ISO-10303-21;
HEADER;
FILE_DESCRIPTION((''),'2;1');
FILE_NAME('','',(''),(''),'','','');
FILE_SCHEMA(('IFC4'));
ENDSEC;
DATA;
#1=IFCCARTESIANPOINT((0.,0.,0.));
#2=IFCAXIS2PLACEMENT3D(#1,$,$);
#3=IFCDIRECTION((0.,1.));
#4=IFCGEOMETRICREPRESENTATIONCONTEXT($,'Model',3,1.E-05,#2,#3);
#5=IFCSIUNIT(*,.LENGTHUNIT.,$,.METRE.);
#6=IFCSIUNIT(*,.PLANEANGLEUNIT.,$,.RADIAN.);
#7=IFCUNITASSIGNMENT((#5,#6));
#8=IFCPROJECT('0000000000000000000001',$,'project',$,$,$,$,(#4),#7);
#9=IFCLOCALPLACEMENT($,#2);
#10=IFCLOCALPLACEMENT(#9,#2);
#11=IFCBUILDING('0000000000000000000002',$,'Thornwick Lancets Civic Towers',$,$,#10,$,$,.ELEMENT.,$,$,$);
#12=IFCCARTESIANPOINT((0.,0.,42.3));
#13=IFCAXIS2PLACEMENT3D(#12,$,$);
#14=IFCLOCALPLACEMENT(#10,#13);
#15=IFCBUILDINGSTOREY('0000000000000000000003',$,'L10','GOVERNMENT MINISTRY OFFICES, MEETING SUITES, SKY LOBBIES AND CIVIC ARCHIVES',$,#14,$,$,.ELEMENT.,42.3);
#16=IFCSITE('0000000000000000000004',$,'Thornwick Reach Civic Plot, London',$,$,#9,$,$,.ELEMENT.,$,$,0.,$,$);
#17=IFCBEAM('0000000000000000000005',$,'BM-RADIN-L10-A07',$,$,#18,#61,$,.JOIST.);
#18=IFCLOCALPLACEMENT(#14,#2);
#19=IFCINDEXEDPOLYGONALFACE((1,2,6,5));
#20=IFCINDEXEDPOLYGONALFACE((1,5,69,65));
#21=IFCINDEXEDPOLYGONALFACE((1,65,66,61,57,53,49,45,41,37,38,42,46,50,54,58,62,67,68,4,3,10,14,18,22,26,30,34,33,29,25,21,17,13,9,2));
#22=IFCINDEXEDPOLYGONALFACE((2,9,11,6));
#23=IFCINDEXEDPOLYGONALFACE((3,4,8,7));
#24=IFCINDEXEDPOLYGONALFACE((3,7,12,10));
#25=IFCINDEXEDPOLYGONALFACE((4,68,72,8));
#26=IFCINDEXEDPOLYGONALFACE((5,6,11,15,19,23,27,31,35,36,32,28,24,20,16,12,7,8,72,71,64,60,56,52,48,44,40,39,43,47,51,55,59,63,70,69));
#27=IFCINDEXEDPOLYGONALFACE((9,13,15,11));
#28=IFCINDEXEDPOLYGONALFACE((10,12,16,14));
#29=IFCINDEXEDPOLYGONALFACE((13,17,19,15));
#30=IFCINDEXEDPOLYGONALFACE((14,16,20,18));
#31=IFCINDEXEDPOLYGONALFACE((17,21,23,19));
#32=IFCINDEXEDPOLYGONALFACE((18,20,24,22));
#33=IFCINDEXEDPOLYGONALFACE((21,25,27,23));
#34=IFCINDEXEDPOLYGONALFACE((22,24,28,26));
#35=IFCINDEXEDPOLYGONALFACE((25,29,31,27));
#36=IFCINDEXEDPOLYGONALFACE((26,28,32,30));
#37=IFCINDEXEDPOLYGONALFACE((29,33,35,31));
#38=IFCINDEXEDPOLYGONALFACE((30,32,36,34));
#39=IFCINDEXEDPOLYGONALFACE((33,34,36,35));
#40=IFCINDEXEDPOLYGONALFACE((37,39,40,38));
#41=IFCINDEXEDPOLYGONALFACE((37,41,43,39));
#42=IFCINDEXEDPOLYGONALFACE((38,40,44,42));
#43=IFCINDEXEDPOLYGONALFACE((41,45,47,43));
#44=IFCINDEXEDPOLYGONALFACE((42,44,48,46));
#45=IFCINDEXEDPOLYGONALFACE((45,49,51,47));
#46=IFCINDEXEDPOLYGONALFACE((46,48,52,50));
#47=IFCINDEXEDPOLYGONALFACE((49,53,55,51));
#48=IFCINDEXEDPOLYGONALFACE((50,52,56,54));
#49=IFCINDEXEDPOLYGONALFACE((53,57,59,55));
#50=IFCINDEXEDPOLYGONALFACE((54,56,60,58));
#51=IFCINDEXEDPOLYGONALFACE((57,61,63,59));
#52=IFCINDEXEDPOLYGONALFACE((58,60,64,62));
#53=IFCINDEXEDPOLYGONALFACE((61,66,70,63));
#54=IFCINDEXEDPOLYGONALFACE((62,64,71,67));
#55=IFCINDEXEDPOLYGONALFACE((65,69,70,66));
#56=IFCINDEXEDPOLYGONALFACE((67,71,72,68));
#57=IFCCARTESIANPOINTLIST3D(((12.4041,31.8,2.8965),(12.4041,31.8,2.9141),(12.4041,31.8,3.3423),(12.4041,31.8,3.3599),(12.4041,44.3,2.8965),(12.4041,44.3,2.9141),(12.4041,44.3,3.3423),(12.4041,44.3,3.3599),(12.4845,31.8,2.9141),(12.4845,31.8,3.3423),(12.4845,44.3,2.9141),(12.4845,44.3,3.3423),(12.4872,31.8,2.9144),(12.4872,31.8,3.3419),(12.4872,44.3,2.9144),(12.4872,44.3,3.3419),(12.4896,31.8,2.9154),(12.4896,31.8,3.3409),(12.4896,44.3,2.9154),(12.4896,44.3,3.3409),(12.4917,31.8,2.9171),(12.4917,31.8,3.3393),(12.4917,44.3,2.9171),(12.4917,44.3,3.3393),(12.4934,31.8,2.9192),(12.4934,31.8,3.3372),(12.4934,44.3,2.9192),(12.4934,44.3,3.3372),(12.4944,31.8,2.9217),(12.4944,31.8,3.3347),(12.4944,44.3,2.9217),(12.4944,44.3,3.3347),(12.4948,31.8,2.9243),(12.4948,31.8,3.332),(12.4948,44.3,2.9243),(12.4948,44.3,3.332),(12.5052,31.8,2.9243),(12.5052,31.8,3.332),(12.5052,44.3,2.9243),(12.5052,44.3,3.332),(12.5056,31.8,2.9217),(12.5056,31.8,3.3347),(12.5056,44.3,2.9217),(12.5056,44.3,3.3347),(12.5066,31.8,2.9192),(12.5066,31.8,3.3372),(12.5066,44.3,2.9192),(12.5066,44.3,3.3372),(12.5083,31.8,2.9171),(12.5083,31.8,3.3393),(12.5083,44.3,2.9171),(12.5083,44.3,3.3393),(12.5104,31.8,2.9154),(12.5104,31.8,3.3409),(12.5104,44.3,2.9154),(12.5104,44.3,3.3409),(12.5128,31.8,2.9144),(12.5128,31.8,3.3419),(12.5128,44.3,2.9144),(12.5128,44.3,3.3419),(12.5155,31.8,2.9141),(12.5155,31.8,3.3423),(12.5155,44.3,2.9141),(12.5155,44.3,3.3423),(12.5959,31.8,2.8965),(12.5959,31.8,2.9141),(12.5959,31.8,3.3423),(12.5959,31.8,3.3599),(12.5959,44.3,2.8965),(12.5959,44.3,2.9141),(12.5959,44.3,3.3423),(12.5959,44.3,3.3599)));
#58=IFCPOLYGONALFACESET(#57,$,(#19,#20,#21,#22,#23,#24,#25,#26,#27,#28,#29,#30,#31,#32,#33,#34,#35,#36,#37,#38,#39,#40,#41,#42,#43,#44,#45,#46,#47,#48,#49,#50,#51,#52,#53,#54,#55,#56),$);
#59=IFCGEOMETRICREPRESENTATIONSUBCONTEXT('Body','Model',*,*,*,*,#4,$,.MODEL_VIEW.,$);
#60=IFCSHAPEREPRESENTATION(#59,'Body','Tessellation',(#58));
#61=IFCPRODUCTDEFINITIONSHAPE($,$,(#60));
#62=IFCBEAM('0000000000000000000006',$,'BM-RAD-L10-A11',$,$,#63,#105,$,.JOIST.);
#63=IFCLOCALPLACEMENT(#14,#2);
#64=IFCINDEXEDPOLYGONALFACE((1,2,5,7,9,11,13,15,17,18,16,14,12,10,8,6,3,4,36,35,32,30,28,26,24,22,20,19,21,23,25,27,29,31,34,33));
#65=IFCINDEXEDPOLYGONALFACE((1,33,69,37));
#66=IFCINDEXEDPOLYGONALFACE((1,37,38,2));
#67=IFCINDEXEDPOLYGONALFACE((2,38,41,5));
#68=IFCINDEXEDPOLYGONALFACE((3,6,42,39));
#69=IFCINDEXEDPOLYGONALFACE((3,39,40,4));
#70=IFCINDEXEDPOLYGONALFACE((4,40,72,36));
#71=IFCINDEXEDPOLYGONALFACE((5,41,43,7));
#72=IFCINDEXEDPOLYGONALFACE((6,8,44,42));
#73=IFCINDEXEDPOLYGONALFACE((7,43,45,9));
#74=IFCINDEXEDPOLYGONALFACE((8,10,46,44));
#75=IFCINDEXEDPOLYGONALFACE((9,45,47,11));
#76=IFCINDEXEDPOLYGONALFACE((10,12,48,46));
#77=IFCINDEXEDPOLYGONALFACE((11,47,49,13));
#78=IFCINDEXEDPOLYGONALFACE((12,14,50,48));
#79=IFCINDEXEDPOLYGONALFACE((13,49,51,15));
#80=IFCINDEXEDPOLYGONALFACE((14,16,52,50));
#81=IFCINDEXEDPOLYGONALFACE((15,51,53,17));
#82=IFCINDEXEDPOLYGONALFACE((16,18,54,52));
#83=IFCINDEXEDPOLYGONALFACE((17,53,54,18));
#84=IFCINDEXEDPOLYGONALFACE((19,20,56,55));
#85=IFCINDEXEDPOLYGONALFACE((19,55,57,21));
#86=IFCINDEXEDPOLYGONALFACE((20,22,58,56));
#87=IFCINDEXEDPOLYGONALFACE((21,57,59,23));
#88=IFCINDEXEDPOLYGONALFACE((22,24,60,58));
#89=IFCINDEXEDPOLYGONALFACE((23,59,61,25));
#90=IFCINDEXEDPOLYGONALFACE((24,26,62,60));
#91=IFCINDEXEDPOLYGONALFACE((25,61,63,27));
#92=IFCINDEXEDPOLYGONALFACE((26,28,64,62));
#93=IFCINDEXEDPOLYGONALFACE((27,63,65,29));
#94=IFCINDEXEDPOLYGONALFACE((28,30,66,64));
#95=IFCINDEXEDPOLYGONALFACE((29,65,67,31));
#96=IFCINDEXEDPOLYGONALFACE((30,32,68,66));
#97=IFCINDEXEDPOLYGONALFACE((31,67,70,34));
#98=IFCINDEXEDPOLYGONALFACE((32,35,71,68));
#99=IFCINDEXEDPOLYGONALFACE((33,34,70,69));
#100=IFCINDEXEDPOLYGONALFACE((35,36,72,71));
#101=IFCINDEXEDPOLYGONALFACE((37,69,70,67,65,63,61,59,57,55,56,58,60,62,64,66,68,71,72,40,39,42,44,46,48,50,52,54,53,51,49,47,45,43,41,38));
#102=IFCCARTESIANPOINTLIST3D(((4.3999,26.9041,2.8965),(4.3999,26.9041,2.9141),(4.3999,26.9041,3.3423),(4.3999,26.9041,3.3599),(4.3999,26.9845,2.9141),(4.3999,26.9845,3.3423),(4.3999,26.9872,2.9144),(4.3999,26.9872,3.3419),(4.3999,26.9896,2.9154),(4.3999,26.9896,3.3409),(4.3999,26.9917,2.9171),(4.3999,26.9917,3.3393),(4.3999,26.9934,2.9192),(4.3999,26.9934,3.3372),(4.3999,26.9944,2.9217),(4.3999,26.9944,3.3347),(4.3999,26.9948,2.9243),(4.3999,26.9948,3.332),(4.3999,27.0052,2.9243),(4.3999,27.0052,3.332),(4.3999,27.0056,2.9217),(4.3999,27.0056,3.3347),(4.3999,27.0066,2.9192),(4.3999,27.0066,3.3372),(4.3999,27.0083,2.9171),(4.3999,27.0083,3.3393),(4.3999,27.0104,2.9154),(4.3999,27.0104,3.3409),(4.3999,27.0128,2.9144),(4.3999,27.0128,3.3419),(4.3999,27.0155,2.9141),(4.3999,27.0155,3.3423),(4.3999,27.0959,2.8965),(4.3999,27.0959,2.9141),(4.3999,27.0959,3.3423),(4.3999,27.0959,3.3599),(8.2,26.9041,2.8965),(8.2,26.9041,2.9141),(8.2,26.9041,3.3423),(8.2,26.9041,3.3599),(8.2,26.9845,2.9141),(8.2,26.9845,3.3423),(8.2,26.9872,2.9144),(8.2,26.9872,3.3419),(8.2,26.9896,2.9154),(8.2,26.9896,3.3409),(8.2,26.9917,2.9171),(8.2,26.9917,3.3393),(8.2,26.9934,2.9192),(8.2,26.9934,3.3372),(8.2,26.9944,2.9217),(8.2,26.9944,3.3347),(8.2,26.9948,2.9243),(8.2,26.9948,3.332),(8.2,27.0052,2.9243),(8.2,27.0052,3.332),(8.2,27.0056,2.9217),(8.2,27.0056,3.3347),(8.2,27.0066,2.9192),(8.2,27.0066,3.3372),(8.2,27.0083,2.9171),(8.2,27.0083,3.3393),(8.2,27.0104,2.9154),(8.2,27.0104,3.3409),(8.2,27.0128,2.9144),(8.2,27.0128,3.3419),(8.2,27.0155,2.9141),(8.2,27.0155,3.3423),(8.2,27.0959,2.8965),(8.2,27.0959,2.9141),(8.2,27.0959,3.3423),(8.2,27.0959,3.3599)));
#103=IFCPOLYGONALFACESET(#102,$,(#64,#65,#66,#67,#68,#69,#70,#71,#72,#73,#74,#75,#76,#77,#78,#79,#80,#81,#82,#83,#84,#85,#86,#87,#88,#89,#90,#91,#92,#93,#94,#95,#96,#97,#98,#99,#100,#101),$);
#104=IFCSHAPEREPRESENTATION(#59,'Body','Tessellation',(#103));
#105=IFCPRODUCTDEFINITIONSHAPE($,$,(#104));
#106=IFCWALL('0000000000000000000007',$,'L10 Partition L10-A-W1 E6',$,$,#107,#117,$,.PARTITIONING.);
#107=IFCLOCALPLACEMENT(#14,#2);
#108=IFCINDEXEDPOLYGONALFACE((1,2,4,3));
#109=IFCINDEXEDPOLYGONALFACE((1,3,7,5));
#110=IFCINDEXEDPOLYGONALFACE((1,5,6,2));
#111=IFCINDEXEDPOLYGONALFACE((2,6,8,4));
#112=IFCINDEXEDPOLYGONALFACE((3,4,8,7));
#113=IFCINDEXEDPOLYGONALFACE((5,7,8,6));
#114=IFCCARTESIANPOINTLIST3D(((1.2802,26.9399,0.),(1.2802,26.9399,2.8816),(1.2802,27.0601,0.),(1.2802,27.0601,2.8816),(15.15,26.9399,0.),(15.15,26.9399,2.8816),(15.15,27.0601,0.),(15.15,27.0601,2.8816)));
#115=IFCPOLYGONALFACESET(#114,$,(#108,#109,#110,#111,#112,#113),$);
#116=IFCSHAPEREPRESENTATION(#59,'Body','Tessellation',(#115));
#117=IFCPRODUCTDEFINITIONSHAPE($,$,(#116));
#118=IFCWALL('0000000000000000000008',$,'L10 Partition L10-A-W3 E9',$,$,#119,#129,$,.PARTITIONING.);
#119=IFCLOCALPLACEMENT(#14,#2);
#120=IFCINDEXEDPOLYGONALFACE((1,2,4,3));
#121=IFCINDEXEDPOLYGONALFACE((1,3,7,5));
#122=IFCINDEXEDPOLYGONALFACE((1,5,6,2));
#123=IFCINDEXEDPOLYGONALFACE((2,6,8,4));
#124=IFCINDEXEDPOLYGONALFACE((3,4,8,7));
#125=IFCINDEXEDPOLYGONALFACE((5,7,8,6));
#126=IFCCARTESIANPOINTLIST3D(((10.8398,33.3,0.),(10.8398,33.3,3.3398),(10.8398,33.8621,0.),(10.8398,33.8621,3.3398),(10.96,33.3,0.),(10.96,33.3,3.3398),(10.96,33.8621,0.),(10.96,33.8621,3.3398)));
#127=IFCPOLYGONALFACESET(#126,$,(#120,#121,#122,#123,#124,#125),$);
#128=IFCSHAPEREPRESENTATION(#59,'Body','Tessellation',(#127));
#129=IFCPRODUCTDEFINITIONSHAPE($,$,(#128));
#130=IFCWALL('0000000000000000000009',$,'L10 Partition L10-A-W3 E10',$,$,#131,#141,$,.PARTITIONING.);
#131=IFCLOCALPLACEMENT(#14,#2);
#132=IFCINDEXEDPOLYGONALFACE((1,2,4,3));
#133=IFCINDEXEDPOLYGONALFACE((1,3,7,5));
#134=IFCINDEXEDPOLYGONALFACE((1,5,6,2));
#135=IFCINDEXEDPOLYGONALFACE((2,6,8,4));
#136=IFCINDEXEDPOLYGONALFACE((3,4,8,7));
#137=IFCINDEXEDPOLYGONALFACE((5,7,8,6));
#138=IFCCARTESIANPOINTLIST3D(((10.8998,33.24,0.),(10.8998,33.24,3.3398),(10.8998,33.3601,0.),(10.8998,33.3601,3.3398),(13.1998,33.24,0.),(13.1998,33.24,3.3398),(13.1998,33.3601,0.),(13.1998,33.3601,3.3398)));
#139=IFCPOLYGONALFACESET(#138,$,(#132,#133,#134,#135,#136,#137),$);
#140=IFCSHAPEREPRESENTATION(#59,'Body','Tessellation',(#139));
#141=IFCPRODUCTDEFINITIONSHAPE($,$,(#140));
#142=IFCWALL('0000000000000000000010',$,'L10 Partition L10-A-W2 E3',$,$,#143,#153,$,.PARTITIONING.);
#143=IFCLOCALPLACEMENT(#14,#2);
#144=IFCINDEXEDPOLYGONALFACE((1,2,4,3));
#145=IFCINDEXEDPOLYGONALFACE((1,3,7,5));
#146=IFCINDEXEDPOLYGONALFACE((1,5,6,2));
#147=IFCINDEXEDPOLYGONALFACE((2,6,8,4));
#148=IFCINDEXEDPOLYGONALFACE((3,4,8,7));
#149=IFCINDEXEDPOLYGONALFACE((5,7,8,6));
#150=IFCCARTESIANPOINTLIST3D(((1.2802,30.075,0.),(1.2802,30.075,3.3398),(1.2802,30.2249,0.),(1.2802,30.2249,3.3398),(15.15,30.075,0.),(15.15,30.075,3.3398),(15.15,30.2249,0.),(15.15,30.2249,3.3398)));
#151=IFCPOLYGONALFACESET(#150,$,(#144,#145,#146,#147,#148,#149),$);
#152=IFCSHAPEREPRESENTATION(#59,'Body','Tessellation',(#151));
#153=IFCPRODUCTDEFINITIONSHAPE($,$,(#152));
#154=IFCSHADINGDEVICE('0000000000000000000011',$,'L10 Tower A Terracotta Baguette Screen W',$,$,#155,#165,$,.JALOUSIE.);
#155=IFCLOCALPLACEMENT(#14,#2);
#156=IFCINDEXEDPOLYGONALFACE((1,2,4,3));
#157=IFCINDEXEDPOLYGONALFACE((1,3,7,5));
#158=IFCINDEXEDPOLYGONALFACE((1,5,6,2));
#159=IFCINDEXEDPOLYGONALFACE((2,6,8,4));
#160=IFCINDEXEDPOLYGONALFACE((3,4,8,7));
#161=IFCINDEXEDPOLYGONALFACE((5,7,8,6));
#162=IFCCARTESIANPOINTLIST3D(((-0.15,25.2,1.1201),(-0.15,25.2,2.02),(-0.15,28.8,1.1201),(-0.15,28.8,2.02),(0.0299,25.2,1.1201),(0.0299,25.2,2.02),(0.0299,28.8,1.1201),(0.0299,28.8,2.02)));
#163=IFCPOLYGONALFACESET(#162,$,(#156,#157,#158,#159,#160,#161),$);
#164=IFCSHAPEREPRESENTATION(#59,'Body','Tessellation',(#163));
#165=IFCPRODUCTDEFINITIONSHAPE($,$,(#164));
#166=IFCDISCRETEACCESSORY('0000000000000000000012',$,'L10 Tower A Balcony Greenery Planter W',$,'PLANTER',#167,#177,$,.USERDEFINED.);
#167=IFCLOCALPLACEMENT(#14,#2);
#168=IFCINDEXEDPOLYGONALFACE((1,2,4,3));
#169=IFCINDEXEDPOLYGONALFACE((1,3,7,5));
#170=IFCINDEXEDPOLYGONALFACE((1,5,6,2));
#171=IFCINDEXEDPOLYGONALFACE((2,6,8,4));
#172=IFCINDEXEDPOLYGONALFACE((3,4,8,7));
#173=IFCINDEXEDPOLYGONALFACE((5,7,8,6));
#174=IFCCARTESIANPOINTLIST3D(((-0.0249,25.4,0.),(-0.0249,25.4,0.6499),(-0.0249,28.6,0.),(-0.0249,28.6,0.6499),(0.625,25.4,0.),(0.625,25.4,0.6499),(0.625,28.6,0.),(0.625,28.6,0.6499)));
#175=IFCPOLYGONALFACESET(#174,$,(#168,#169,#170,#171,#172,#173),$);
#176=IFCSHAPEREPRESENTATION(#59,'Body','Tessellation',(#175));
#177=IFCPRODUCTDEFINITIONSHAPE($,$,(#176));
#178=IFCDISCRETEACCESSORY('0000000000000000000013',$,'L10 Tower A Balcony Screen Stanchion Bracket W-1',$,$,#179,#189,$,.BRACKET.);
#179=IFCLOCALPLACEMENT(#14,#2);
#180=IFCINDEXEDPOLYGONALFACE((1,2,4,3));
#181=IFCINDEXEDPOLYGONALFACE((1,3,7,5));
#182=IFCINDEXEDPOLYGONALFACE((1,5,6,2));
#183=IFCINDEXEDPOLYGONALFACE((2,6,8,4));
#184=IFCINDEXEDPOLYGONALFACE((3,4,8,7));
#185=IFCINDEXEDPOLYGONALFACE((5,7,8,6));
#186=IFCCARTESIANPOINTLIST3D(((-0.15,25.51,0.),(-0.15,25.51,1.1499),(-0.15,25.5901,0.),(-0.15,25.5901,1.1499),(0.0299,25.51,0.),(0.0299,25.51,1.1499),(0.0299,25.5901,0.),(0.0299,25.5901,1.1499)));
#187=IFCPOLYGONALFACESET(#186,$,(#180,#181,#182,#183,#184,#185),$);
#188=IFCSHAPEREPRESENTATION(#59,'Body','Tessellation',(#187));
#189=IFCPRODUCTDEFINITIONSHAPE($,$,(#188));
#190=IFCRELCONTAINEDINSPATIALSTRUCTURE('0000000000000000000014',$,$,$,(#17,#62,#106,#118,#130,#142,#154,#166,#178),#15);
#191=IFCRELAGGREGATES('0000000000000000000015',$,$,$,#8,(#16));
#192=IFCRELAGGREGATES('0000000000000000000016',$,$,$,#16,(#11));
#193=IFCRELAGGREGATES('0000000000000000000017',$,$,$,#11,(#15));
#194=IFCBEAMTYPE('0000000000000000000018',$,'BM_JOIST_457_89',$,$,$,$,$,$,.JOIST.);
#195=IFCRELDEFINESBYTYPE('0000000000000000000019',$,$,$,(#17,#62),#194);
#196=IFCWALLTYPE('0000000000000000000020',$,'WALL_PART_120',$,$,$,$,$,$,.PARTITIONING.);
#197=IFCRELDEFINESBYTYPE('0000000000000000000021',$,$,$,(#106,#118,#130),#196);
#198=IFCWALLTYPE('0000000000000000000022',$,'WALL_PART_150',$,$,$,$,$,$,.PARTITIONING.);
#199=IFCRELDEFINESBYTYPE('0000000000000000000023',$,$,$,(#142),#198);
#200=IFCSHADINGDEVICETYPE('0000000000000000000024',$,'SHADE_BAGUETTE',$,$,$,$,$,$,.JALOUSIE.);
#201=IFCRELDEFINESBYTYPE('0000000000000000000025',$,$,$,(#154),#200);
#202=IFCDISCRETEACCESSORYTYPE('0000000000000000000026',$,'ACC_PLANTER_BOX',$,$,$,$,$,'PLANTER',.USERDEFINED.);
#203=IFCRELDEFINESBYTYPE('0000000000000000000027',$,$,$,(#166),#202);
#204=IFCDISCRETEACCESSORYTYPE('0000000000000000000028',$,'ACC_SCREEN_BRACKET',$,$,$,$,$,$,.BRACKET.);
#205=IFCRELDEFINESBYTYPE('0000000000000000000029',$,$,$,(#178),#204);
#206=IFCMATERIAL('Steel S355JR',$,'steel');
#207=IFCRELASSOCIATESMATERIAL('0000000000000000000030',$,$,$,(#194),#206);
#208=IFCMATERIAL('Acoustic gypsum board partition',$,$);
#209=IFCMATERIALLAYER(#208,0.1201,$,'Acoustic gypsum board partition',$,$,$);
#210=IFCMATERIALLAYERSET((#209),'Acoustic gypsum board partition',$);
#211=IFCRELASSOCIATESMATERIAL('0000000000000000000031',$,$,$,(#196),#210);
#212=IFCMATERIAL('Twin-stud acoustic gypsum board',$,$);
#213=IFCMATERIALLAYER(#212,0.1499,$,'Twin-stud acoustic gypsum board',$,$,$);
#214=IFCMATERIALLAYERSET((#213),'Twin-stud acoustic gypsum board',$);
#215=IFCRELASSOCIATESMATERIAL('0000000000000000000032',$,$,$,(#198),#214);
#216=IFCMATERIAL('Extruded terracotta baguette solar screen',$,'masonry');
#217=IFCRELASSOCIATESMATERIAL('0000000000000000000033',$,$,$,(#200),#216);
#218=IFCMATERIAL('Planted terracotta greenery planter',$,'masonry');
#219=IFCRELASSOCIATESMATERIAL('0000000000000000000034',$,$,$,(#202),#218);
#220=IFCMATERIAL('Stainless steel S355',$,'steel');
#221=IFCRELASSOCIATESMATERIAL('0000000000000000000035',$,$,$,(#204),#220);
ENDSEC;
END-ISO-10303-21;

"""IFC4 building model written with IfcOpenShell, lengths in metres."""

from ifc_helpers import new_model, si_unit, direction, frame, frame_2d, origin, origin_2d, place, context, subcontext, project, spatial, rectangle, i_section, extrude, material, layer, layer_set, material_profile, profile_set, type_object, element, save


model = new_model("IFC4")

# Units and contexts
model_context = context("Model", 3, precision=1e-05, world=origin(), true_north=direction((0.0, 1.0)))
body_context = subcontext(model_context, "Body", "Model", "MODEL_VIEW")
ifc_project = project(units=[si_unit("LENGTHUNIT", "METRE"), si_unit("PLANEANGLEUNIT", "RADIAN")], contexts=[model_context])

# Site, building, storey
site_placement = place(None, origin())
site = spatial("IfcSite", under=ifc_project, at=site_placement, Name="Thornwick Reach Civic Plot, London", CompositionType="ELEMENT", RefElevation=0.0)
building_placement = place(site_placement, origin())
building = spatial("IfcBuilding", under=site, at=building_placement, Name="Thornwick Lancets Civic Towers", CompositionType="ELEMENT")
storey_placement = place(building_placement, frame((0.0, 0.0, 42.3)))
storey = spatial("IfcBuildingStorey", under=building, at=storey_placement, Name="L10", Description="GOVERNMENT MINISTRY OFFICES, MEETING SUITES, SKY LOBBIES AND CIVIC ARCHIVES", CompositionType="ELEMENT", Elevation=42.3)

# Beams
ifc_material_1 = material(Name="Steel S355JR", Category="steel")
ifc_material_profile_1 = material_profile(ifc_material_1, i_section(OverallWidth=0.1919, OverallDepth=0.4634, WebThickness=0.0105, FlangeThickness=0.0176, FilletRadius=0.0103, at=origin_2d()), Name="UKB 457x191x89")
ifc_profile_set_1 = profile_set([ifc_material_profile_1], Name="Steel S355JR")
beam_type_1 = type_object("IfcBeamType", Name="BM_JOIST_457_89", PredefinedType="JOIST", material=ifc_profile_set_1)
beam_1_placement = place(storey_placement, frame((12.5, 31.8, 3.1282), z_axis=(0.0, 1.0, 0.0), x_axis=(-1.0, 0.0, 0.0)))
element("IfcBeam", 1, at=beam_1_placement, inside=storey, type_object=beam_type_1, Name="BM-RADIN-L10-A07", PredefinedType="JOIST", context=body_context, shape_type="SweptSolid", body=[
    extrude(i_section(OverallWidth=0.1919, OverallDepth=0.4634, WebThickness=0.0105, FlangeThickness=0.0176, FilletRadius=0.0103, at=origin_2d()), origin(), (0.0, 0.0, 1.0), 12.5),
])
beam_2_placement = place(storey_placement, frame((8.2, 27.0, 3.1282), z_axis=(-1.0, 0.0, 0.0), x_axis=(0.0, -1.0, 0.0)))
element("IfcBeam", 2, at=beam_2_placement, inside=storey, type_object=beam_type_1, Name="BM-RAD-L10-A11", PredefinedType="JOIST", context=body_context, shape_type="SweptSolid", body=[
    extrude(i_section(OverallWidth=0.1919, OverallDepth=0.4634, WebThickness=0.0105, FlangeThickness=0.0176, FilletRadius=0.0103, at=origin_2d()), origin(), (0.0, 0.0, 1.0), 3.8),
])

# Walls
ifc_material_2 = material(Name="Acoustic gypsum board partition")
ifc_layer_1 = layer(ifc_material_2, 0.1201, Name="Acoustic gypsum board partition")
ifc_layer_set_1 = layer_set([ifc_layer_1], Name="Acoustic gypsum board partition")
wall_type_1 = type_object("IfcWallType", Name="WALL_PART_120", PredefinedType="PARTITIONING", material=ifc_layer_set_1)
wall_1_placement = place(storey_placement, frame((1.28, 27.0, 0.0), z_axis=(0.0, 0.0, 1.0), x_axis=(1.0, 0.0, 0.0)))
element("IfcWall", 3, at=wall_1_placement, inside=storey, type_object=wall_type_1, Name="L10 Partition L10-A-W1 E6", PredefinedType="PARTITIONING", context=body_context, shape_type="SweptSolid", body=[
    extrude(rectangle(XDim=13.8699, YDim=0.1201, at=frame_2d((6.9351, 0.0))), origin(), (0.0, 0.0, 1.0), 2.8816),
])
wall_2_placement = place(storey_placement, frame((10.8999, 33.8621, 0.0), z_axis=(0.0, 0.0, 1.0), x_axis=(0.0, -1.0, 0.0)))
element("IfcWall", 4, at=wall_2_placement, inside=storey, type_object=wall_type_1, Name="L10 Partition L10-A-W3 E9", PredefinedType="PARTITIONING", context=body_context, shape_type="SweptSolid", body=[
    extrude(rectangle(XDim=0.562, YDim=0.1201, at=frame_2d((0.281, 0.0))), origin(), (0.0, 0.0, 1.0), 3.3398),
])
wall_3_placement = place(storey_placement, frame((10.8999, 33.3, 0.0), z_axis=(0.0, 0.0, 1.0), x_axis=(1.0, 0.0, 0.0)))
element("IfcWall", 5, at=wall_3_placement, inside=storey, type_object=wall_type_1, Name="L10 Partition L10-A-W3 E10", PredefinedType="PARTITIONING", context=body_context, shape_type="SweptSolid", body=[
    extrude(rectangle(XDim=2.3, YDim=0.1201, at=frame_2d((1.1499, 0.0))), origin(), (0.0, 0.0, 1.0), 3.3398),
])
ifc_material_3 = material(Name="Twin-stud acoustic gypsum board")
ifc_layer_2 = layer(ifc_material_3, 0.1499, Name="Twin-stud acoustic gypsum board")
ifc_layer_set_2 = layer_set([ifc_layer_2], Name="Twin-stud acoustic gypsum board")
wall_type_2 = type_object("IfcWallType", Name="WALL_PART_150", PredefinedType="PARTITIONING", material=ifc_layer_set_2)
wall_4_placement = place(storey_placement, frame((1.28, 30.1499, 0.0), z_axis=(0.0, 0.0, 1.0), x_axis=(1.0, 0.0, 0.0)))
element("IfcWall", 6, at=wall_4_placement, inside=storey, type_object=wall_type_2, Name="L10 Partition L10-A-W2 E3", PredefinedType="PARTITIONING", context=body_context, shape_type="SweptSolid", body=[
    extrude(rectangle(XDim=13.8699, YDim=0.1499, at=frame_2d((6.9351, 0.0))), origin(), (0.0, 0.0, 1.0), 3.3398),
])

# Shading device
ifc_material_4 = material(Name="Extruded terracotta baguette solar screen", Category="masonry")
shading_device_type = type_object("IfcShadingDeviceType", Name="SHADE_BAGUETTE", PredefinedType="JALOUSIE", material=ifc_material_4)
shading_device_placement = place(storey_placement, frame((-0.0601, 27.0, 1.1201), z_axis=(0.0, 0.0, 1.0), x_axis=(0.0, 1.0, 0.0)))
element("IfcShadingDevice", 7, at=shading_device_placement, inside=storey, type_object=shading_device_type, Name="L10 Tower A Terracotta Baguette Screen W", PredefinedType="JALOUSIE", context=body_context, shape_type="SweptSolid", body=[
    extrude(rectangle(XDim=3.6001, YDim=0.1799, at=origin_2d()), origin(), (0.0, 0.0, 1.0), 0.8999),
])

# Discrete accessories
ifc_material_5 = material(Name="Planted terracotta greenery planter", Category="masonry")
discrete_accessory_type_1 = type_object("IfcDiscreteAccessoryType", Name="ACC_PLANTER_BOX", ElementType="PLANTER", PredefinedType="USERDEFINED", material=ifc_material_5)
discrete_accessory_1_placement = place(storey_placement, frame((0.3, 27.0, 0.0), z_axis=(0.0, 0.0, 1.0), x_axis=(1.0, 0.0, 0.0)))
element("IfcDiscreteAccessory", 8, at=discrete_accessory_1_placement, inside=storey, type_object=discrete_accessory_type_1, Name="L10 Tower A Balcony Greenery Planter W", ObjectType="PLANTER", PredefinedType="USERDEFINED", context=body_context, shape_type="SweptSolid", body=[
    extrude(rectangle(XDim=0.6499, YDim=3.2, at=origin_2d()), origin(), (0.0, 0.0, 1.0), 0.6499),
])
ifc_material_6 = material(Name="Stainless steel S355", Category="steel")
discrete_accessory_type_2 = type_object("IfcDiscreteAccessoryType", Name="ACC_SCREEN_BRACKET", PredefinedType="BRACKET", material=ifc_material_6)
discrete_accessory_2_placement = place(storey_placement, frame((-0.0601, 25.55, 0.0), z_axis=(0.0, 0.0, 1.0), x_axis=(0.0, 1.0, 0.0)))
element("IfcDiscreteAccessory", 9, at=discrete_accessory_2_placement, inside=storey, type_object=discrete_accessory_type_2, Name="L10 Tower A Balcony Screen Stanchion Bracket W-1", PredefinedType="BRACKET", context=body_context, shape_type="SweptSolid", body=[
    extrude(rectangle(XDim=0.0801, YDim=0.1799, at=origin_2d()), origin(), (0.0, 0.0, 1.0), 1.1499),
])

save(model, "model.ifc")
